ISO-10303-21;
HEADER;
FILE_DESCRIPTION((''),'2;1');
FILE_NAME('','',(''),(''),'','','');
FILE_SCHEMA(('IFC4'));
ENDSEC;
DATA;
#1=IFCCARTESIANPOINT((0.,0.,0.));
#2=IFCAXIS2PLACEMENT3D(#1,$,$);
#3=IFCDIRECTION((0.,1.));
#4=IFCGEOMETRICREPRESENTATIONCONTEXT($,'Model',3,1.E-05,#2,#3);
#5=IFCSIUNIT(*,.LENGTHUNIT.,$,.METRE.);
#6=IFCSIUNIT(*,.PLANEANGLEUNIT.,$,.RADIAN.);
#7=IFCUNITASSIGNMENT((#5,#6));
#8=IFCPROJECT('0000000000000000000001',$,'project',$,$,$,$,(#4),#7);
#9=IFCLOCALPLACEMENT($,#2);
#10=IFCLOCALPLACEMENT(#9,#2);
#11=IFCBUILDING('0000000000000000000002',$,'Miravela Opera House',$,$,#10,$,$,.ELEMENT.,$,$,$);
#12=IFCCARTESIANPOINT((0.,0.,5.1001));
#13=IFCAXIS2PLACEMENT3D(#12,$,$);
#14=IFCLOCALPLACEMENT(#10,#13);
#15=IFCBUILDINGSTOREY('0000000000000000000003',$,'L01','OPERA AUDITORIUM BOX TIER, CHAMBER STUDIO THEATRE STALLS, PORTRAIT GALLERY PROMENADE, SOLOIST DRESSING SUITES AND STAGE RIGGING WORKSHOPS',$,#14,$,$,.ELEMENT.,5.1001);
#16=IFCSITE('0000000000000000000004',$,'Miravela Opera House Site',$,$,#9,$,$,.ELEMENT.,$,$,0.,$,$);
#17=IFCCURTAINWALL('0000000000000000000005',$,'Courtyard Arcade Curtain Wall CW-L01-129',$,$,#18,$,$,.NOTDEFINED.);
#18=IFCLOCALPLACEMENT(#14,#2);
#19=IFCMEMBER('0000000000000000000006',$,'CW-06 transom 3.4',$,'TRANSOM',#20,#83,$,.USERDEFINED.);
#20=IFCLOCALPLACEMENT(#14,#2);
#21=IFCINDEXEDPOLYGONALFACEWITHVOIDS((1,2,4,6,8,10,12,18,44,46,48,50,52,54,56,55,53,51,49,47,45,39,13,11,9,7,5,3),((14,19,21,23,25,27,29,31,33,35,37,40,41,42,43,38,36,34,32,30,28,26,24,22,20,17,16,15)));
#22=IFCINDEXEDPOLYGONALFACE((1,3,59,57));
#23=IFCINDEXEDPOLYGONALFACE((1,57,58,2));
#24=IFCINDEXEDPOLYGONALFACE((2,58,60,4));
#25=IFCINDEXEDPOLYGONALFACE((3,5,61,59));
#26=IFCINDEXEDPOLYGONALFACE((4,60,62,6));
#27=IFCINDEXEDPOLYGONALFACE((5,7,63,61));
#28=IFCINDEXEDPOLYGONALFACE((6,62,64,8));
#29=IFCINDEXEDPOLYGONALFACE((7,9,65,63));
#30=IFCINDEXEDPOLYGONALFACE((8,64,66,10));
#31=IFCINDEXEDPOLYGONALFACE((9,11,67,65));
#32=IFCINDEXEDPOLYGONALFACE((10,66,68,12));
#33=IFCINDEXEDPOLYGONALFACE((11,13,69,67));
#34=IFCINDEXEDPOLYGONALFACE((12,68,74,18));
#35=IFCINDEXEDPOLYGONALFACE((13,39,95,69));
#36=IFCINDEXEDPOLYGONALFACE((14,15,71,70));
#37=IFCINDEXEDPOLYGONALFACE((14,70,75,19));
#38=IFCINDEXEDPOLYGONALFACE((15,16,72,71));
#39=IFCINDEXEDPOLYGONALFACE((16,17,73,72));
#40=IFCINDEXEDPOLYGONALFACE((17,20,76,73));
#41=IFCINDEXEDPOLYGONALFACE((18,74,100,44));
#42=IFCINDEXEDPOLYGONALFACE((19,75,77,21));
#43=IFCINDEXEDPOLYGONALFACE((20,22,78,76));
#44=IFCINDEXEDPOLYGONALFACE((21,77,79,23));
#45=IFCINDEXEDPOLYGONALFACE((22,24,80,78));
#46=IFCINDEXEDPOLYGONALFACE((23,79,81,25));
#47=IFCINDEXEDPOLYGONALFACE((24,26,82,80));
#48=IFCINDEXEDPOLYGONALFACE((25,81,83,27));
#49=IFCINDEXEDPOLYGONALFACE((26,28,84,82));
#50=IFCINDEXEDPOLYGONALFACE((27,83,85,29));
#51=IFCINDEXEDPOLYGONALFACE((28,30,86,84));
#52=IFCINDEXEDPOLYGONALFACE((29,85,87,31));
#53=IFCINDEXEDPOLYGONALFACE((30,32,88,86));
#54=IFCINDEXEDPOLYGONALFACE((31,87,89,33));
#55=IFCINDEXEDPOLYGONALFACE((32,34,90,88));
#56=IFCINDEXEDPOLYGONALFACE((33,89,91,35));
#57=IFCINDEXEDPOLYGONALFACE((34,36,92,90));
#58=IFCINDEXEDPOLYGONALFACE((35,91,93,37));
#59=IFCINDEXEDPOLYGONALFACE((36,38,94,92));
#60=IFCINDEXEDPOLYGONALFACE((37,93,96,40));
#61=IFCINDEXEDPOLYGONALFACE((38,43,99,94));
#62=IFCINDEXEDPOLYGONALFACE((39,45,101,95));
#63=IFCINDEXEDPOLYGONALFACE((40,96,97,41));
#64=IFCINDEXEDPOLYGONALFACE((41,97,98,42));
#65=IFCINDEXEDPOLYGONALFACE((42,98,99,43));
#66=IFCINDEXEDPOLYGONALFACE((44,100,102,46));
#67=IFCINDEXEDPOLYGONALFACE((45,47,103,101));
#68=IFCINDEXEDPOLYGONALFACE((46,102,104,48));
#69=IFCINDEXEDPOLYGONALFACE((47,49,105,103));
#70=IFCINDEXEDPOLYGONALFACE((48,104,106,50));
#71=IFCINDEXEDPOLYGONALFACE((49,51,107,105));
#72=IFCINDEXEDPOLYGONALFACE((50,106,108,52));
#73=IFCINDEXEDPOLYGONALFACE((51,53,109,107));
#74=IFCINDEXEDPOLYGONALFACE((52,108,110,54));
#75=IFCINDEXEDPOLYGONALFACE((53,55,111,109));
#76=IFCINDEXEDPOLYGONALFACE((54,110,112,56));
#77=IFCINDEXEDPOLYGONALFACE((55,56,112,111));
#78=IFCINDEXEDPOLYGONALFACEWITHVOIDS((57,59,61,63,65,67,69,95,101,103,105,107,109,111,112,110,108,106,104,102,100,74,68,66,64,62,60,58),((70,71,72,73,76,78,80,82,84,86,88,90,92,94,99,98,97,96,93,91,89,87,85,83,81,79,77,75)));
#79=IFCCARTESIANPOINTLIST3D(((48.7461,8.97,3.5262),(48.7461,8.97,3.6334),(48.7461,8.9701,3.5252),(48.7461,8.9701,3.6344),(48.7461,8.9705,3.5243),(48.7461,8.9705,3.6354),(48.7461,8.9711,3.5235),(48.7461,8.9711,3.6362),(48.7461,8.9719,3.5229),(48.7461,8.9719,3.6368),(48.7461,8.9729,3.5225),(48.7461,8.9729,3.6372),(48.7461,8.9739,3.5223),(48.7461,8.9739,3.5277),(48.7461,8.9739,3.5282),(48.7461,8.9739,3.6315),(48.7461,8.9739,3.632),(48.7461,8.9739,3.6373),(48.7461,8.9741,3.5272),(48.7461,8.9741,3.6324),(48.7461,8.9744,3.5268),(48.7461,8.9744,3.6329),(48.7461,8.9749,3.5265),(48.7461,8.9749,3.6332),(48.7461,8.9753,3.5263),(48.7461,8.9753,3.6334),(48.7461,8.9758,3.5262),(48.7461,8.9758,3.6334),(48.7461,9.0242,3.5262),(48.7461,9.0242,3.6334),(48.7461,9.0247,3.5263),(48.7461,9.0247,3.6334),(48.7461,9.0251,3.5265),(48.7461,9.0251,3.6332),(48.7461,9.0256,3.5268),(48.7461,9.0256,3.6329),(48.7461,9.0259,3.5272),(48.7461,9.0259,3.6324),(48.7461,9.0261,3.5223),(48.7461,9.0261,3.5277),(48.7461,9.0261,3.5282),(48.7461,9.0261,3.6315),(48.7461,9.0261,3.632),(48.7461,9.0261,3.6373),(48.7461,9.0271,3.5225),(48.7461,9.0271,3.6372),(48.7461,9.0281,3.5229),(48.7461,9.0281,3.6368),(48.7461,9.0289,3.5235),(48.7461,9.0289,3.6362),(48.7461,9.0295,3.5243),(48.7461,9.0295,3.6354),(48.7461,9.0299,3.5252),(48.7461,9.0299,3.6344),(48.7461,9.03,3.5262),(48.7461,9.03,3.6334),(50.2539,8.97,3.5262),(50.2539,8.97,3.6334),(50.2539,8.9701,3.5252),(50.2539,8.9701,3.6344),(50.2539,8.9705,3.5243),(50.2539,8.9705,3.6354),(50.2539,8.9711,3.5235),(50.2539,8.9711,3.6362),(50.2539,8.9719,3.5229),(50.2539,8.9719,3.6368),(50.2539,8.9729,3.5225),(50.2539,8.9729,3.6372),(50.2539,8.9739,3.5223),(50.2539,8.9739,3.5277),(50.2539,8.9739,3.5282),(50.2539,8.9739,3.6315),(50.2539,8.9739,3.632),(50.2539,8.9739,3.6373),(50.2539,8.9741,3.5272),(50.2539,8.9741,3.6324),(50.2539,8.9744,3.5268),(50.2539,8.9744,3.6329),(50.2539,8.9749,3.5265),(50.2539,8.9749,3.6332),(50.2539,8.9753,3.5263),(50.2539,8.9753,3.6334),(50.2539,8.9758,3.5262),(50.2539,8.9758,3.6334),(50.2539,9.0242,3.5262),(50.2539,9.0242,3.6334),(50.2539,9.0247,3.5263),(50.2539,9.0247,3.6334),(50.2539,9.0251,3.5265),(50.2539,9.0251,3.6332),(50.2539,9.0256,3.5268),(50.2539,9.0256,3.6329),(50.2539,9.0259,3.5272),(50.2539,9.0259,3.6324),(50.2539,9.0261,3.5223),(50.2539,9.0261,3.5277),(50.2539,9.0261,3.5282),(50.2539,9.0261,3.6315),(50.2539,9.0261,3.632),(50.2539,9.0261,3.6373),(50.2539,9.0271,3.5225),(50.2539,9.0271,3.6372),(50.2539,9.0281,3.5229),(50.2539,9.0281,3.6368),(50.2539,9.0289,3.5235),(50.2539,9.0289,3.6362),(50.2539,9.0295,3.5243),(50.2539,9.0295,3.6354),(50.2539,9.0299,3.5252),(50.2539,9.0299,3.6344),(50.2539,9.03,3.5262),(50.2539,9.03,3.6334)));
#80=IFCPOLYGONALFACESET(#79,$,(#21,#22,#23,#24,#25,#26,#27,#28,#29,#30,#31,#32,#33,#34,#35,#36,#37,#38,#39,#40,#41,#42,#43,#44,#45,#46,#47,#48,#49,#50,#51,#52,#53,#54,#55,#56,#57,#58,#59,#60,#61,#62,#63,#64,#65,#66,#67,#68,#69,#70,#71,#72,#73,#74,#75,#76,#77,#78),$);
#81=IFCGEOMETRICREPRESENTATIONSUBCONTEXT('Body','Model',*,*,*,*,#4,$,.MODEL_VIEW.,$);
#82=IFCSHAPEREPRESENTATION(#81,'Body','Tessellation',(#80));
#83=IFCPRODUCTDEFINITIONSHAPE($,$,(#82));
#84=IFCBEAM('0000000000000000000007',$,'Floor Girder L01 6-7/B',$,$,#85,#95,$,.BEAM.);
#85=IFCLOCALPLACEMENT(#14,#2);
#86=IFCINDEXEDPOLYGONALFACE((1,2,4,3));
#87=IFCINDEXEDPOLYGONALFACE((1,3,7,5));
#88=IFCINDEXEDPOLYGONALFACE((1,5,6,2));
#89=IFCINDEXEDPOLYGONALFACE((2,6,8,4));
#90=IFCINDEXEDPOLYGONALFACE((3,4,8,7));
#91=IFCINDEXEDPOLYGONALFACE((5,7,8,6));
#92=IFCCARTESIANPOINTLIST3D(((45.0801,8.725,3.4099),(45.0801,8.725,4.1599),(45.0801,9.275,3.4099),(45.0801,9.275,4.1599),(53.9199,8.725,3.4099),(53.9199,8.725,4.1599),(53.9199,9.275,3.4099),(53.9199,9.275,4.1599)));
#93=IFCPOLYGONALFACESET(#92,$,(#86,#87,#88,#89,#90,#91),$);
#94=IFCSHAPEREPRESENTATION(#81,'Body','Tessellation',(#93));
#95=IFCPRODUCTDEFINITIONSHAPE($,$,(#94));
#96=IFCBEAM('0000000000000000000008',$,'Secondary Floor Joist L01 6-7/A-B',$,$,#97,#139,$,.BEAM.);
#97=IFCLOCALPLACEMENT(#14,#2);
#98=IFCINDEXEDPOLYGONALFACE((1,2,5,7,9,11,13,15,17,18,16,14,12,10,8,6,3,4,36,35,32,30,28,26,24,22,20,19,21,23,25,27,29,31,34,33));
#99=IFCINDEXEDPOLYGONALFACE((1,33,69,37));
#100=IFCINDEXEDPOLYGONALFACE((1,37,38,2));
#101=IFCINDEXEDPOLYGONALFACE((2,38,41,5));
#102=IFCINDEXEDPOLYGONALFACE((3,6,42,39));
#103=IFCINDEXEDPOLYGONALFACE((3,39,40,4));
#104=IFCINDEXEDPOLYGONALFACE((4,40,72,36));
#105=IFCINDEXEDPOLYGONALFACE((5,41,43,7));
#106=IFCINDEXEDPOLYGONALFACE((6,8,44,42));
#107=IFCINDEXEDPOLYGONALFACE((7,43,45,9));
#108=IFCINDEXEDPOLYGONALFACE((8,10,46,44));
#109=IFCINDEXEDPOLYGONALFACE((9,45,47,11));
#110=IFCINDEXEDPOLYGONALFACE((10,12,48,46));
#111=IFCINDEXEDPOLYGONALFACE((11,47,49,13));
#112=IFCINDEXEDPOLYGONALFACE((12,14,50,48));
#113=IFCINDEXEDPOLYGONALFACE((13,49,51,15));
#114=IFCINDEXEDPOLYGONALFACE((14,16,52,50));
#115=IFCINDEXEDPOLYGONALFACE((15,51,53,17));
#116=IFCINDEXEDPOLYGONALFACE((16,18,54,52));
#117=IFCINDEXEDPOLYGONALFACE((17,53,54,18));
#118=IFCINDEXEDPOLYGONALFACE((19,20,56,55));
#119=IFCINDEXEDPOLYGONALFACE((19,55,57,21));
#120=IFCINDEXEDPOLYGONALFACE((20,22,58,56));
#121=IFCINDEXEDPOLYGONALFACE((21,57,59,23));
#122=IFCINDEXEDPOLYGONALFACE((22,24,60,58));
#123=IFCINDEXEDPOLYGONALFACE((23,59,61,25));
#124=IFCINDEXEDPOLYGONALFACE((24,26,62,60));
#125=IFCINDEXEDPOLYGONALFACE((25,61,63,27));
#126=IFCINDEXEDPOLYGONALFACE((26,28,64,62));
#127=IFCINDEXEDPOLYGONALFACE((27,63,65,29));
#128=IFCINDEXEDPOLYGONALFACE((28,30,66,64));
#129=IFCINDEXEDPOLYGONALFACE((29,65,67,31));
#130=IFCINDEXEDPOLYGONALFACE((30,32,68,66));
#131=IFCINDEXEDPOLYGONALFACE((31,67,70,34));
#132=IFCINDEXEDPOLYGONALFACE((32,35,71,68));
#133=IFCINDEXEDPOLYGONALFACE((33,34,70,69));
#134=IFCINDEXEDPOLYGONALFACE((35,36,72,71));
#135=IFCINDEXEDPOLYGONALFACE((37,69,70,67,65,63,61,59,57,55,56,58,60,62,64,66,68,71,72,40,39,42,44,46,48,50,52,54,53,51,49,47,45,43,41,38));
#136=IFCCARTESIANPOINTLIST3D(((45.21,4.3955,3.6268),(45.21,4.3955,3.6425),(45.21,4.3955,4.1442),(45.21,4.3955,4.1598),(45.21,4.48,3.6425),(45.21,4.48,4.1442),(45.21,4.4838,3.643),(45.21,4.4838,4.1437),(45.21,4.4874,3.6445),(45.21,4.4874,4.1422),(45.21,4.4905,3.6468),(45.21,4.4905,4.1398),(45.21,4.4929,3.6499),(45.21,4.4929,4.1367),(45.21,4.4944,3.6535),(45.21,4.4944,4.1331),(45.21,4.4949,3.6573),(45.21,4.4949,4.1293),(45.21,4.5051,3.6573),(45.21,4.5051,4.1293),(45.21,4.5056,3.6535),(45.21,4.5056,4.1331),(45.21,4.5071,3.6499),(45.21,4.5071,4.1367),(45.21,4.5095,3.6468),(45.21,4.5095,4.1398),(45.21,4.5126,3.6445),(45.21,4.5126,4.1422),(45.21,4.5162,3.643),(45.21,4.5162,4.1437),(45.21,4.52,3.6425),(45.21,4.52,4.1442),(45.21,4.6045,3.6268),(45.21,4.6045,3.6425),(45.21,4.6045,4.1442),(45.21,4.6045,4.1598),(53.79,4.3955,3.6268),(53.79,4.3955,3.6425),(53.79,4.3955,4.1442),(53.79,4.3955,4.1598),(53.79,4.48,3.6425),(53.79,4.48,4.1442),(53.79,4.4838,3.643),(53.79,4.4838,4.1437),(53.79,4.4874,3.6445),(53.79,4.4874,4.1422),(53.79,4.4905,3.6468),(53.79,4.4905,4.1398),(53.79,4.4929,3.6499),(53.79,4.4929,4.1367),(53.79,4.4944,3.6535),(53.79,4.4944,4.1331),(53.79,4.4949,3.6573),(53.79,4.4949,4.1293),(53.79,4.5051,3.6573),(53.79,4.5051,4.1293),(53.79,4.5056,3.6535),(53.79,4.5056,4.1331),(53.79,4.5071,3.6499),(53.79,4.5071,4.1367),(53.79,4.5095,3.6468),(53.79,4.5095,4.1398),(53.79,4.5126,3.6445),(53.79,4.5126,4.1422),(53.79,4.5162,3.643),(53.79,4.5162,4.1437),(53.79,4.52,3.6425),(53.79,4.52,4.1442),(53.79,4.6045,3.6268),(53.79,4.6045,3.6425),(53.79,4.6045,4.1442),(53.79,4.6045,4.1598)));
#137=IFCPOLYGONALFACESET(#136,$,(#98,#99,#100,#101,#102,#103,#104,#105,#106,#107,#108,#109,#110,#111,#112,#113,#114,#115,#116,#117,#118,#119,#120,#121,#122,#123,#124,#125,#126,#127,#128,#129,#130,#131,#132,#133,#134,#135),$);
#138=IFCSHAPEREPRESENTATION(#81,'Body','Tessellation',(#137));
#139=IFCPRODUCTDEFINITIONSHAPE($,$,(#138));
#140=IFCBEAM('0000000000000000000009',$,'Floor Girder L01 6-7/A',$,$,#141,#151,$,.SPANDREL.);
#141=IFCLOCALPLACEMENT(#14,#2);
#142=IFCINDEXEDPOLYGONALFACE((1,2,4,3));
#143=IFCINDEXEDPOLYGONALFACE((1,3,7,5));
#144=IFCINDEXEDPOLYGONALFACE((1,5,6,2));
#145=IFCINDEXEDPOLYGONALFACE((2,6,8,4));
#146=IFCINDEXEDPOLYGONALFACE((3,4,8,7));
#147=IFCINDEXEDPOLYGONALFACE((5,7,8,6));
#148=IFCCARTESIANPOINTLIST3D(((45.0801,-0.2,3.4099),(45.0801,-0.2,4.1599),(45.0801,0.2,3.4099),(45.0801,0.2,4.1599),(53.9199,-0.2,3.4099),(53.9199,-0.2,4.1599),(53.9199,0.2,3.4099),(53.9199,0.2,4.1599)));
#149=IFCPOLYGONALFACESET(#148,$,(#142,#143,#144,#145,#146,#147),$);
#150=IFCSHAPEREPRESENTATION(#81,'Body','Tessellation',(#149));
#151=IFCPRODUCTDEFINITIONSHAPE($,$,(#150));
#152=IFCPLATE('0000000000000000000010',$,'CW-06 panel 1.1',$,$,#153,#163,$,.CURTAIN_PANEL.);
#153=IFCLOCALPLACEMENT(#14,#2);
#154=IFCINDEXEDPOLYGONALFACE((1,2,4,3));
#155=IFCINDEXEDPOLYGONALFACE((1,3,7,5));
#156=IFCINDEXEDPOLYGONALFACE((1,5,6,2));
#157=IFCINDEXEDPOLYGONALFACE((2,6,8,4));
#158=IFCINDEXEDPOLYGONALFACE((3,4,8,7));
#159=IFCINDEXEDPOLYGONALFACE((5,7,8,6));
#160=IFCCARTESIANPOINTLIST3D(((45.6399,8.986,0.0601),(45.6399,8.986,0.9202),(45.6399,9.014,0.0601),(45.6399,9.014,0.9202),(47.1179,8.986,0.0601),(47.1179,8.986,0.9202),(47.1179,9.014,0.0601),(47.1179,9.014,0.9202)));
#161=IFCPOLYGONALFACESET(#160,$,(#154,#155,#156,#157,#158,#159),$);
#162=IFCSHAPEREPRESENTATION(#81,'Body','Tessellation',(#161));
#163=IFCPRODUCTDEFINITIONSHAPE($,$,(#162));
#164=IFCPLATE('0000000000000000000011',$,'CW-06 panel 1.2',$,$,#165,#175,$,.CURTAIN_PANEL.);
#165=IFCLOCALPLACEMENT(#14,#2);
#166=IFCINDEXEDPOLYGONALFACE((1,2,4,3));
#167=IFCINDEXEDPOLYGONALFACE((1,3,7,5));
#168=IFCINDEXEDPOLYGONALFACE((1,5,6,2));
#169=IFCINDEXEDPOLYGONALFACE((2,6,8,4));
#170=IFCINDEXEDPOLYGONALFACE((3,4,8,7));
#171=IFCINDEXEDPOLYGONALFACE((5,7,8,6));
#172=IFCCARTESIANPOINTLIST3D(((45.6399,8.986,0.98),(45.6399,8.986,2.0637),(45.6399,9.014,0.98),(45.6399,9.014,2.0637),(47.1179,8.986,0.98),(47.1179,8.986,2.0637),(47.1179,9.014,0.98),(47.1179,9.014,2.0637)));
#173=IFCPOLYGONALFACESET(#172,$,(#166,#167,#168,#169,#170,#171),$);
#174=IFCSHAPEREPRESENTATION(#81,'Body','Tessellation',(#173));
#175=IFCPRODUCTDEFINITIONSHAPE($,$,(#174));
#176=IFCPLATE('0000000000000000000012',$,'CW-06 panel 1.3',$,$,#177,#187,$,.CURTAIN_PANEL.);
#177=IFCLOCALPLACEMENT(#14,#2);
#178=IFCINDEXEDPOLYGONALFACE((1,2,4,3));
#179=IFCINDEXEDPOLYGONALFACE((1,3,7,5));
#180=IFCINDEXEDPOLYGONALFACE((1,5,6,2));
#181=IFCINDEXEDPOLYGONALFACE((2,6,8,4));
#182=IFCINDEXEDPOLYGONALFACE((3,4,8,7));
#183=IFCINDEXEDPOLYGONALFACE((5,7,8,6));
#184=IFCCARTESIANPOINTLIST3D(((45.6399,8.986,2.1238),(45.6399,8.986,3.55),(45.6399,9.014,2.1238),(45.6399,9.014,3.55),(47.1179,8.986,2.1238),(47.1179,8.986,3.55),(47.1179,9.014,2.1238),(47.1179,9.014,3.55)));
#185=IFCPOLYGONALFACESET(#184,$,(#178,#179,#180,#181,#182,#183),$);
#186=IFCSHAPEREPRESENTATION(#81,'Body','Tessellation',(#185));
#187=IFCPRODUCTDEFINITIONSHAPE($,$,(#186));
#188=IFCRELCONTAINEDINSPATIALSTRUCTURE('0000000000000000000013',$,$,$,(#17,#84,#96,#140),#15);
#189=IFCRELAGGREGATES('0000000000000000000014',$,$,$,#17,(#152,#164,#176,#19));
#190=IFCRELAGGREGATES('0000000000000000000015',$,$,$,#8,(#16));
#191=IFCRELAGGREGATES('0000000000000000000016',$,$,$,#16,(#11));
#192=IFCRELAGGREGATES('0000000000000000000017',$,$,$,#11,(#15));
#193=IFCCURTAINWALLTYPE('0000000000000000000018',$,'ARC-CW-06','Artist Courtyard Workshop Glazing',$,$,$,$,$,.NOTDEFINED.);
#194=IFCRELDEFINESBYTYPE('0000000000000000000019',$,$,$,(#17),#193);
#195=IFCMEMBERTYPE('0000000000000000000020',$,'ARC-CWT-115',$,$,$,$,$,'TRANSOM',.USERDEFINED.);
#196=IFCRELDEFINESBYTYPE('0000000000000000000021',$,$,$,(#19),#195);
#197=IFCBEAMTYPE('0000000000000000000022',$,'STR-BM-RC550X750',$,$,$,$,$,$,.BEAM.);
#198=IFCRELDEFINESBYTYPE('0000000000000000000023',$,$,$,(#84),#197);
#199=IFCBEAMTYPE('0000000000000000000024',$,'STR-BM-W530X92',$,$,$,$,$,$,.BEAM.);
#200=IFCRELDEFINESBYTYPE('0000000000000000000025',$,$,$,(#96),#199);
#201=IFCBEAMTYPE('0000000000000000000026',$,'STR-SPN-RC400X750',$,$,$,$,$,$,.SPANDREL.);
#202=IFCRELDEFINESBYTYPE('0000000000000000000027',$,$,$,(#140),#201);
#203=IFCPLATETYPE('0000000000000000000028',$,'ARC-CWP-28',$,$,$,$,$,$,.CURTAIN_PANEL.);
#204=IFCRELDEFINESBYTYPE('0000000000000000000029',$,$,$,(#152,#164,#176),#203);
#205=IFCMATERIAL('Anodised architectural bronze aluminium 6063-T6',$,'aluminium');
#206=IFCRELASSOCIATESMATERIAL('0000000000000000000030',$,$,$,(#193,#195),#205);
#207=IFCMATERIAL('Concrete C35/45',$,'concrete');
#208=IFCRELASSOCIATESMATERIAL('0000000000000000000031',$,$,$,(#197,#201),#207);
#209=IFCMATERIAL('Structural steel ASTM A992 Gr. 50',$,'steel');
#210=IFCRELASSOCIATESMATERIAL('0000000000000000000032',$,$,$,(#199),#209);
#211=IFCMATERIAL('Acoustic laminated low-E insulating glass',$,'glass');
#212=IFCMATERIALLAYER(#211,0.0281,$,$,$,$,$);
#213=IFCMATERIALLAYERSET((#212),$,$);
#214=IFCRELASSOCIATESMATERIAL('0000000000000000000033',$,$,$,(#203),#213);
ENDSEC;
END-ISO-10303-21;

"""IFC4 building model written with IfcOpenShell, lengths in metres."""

from ifc_helpers import new_model, si_unit, direction, frame, origin, origin_2d, place, context, subcontext, project, spatial, rectangle, hollow_rectangle, i_section, extrude, material, layer, layer_set, material_profile, profile_set, type_object, element, aggregate, save


model = new_model("IFC4")

# Units and contexts
model_context = context("Model", 3, precision=1e-05, world=origin(), true_north=direction((0.0, 1.0)))
body_context = subcontext(model_context, "Body", "Model", "MODEL_VIEW")
ifc_project = project(units=[si_unit("LENGTHUNIT", "METRE"), si_unit("PLANEANGLEUNIT", "RADIAN")], contexts=[model_context])

# Site, building, storey
site_placement = place(None, origin())
site = spatial("IfcSite", under=ifc_project, at=site_placement, Name="Miravela Opera House Site", CompositionType="ELEMENT", RefElevation=0.0)
building_placement = place(site_placement, origin())
building = spatial("IfcBuilding", under=site, at=building_placement, Name="Miravela Opera House", CompositionType="ELEMENT")
storey_placement = place(building_placement, frame((0.0, 0.0, 5.1001)))
storey = spatial("IfcBuildingStorey", under=building, at=storey_placement, Name="L01", Description="OPERA AUDITORIUM BOX TIER, CHAMBER STUDIO THEATRE STALLS, PORTRAIT GALLERY PROMENADE, SOLOIST DRESSING SUITES AND STAGE RIGGING WORKSHOPS", CompositionType="ELEMENT", Elevation=5.1001)

# Curtain wall, member
ifc_material_1 = material(Name="Anodised architectural bronze aluminium 6063-T6", Category="aluminium")
curtain_wall_type = type_object("IfcCurtainWallType", Name="ARC-CW-06", Description="Artist Courtyard Workshop Glazing", PredefinedType="NOTDEFINED", material=ifc_material_1)
curtain_wall_placement = place(storey_placement, origin())
curtain_wall = element("IfcCurtainWall", 1, at=curtain_wall_placement, inside=storey, type_object=curtain_wall_type, Name="Courtyard Arcade Curtain Wall CW-L01-129", PredefinedType="NOTDEFINED")
ifc_material_profile_1 = material_profile(ifc_material_1, hollow_rectangle(XDim=0.0601, YDim=0.115, WallThickness=0.0039, InnerFilletRadius=0.002, OuterFilletRadius=0.0039, at=origin_2d()), Name="CWT-60X115")
ifc_profile_set_1 = profile_set([ifc_material_profile_1])
member_type_1 = type_object("IfcMemberType", Name="ARC-CWT-115", ElementType="TRANSOM", PredefinedType="USERDEFINED", material=ifc_profile_set_1)
member_1_placement = place(storey_placement, frame((48.7461, 9.0, 3.5798), z_axis=(1.0, 0.0, 0.0), x_axis=(0.0, 1.0, 0.0)))
member_1 = element("IfcMember", 2, at=member_1_placement, type_object=member_type_1, Name="CW-06 transom 3.4", ObjectType="TRANSOM", PredefinedType="USERDEFINED", context=body_context, shape_type="SweptSolid", body=[
    extrude(hollow_rectangle(XDim=0.0601, YDim=0.115, WallThickness=0.0039, InnerFilletRadius=0.002, OuterFilletRadius=0.0039, at=origin_2d()), origin(), (0.0, 0.0, 1.0), 1.5078),
])

# Beams
ifc_material_2 = material(Name="Concrete C35/45", Category="concrete")
ifc_material_profile_2 = material_profile(ifc_material_2, rectangle(XDim=0.55, YDim=0.75, at=origin_2d()), Name="RC-BM-550X750")
ifc_profile_set_2 = profile_set([ifc_material_profile_2])
beam_type_1 = type_object("IfcBeamType", Name="STR-BM-RC550X750", PredefinedType="BEAM", material=ifc_profile_set_2)
beam_1_placement = place(storey_placement, frame((45.0801, 9.0, 3.7849), z_axis=(1.0, 0.0, 0.0), x_axis=(0.0, 1.0, 0.0)))
element("IfcBeam", 3, at=beam_1_placement, inside=storey, type_object=beam_type_1, Name="Floor Girder L01 6-7/B", PredefinedType="BEAM", context=body_context, shape_type="SweptSolid", body=[
    extrude(rectangle(XDim=0.55, YDim=0.75, at=origin_2d()), origin(), (0.0, 0.0, 1.0), 8.8398),
])
ifc_material_3 = material(Name="Structural steel ASTM A992 Gr. 50", Category="steel")
ifc_material_profile_3 = material_profile(ifc_material_3, i_section(OverallWidth=0.209, OverallDepth=0.533, WebThickness=0.0103, FlangeThickness=0.0156, FilletRadius=0.0149, at=origin_2d()), Name="W530X92")
ifc_profile_set_3 = profile_set([ifc_material_profile_3])
beam_type_2 = type_object("IfcBeamType", Name="STR-BM-W530X92", PredefinedType="BEAM", material=ifc_profile_set_3)
beam_2_placement = place(storey_placement, frame((45.21, 4.5, 3.8933), z_axis=(1.0, 0.0, 0.0), x_axis=(0.0, 1.0, 0.0)))
element("IfcBeam", 4, at=beam_2_placement, inside=storey, type_object=beam_type_2, Name="Secondary Floor Joist L01 6-7/A-B", PredefinedType="BEAM", context=body_context, shape_type="SweptSolid", body=[
    extrude(i_section(OverallWidth=0.209, OverallDepth=0.533, WebThickness=0.0103, FlangeThickness=0.0156, FilletRadius=0.0149, at=origin_2d()), origin(), (0.0, 0.0, 1.0), 8.5801),
])
ifc_material_profile_4 = material_profile(ifc_material_2, rectangle(XDim=0.3999, YDim=0.75, at=origin_2d()), Name="RC-SPN-400X750")
ifc_profile_set_4 = profile_set([ifc_material_profile_4])
beam_type_3 = type_object("IfcBeamType", Name="STR-SPN-RC400X750", PredefinedType="SPANDREL", material=ifc_profile_set_4)
beam_3_placement = place(storey_placement, frame((45.0801, 0.0, 3.7849), z_axis=(1.0, 0.0, 0.0), x_axis=(0.0, 1.0, 0.0)))
element("IfcBeam", 5, at=beam_3_placement, inside=storey, type_object=beam_type_3, Name="Floor Girder L01 6-7/A", PredefinedType="SPANDREL", context=body_context, shape_type="SweptSolid", body=[
    extrude(rectangle(XDim=0.3999, YDim=0.75, at=origin_2d()), origin(), (0.0, 0.0, 1.0), 8.8398),
])

# Plates
ifc_material_4 = material(Name="Acoustic laminated low-E insulating glass", Category="glass")
ifc_layer = layer(ifc_material_4, 0.0281)
ifc_layer_set = layer_set([ifc_layer])
plate_type = type_object("IfcPlateType", Name="ARC-CWP-28", PredefinedType="CURTAIN_PANEL", material=ifc_layer_set)
plate_1_placement = place(storey_placement, frame((46.3789, 9.0, 0.0601), z_axis=(0.0, 0.0, 1.0), x_axis=(1.0, 0.0, 0.0)))
plate_1 = element("IfcPlate", 6, at=plate_1_placement, type_object=plate_type, Name="CW-06 panel 1.1", PredefinedType="CURTAIN_PANEL", context=body_context, shape_type="SweptSolid", body=[
    extrude(rectangle(XDim=1.478, YDim=0.0281, at=origin_2d()), origin(), (0.0, 0.0, 1.0), 0.8601),
])
plate_2_placement = place(storey_placement, frame((46.3789, 9.0, 0.98), z_axis=(0.0, 0.0, 1.0), x_axis=(1.0, 0.0, 0.0)))
plate_2 = element("IfcPlate", 7, at=plate_2_placement, type_object=plate_type, Name="CW-06 panel 1.2", PredefinedType="CURTAIN_PANEL", context=body_context, shape_type="SweptSolid", body=[
    extrude(rectangle(XDim=1.478, YDim=0.0281, at=origin_2d()), origin(), (0.0, 0.0, 1.0), 1.0837),
])
plate_3_placement = place(storey_placement, frame((46.3789, 9.0, 2.1238), z_axis=(0.0, 0.0, 1.0), x_axis=(1.0, 0.0, 0.0)))
plate_3 = element("IfcPlate", 8, at=plate_3_placement, type_object=plate_type, Name="CW-06 panel 1.3", PredefinedType="CURTAIN_PANEL", context=body_context, shape_type="SweptSolid", body=[
    extrude(rectangle(XDim=1.478, YDim=0.0281, at=origin_2d()), origin(), (0.0, 0.0, 1.0), 1.4263),
])
aggregate(curtain_wall, [plate_1, plate_2, plate_3, member_1])

save(model, "model.ifc")
